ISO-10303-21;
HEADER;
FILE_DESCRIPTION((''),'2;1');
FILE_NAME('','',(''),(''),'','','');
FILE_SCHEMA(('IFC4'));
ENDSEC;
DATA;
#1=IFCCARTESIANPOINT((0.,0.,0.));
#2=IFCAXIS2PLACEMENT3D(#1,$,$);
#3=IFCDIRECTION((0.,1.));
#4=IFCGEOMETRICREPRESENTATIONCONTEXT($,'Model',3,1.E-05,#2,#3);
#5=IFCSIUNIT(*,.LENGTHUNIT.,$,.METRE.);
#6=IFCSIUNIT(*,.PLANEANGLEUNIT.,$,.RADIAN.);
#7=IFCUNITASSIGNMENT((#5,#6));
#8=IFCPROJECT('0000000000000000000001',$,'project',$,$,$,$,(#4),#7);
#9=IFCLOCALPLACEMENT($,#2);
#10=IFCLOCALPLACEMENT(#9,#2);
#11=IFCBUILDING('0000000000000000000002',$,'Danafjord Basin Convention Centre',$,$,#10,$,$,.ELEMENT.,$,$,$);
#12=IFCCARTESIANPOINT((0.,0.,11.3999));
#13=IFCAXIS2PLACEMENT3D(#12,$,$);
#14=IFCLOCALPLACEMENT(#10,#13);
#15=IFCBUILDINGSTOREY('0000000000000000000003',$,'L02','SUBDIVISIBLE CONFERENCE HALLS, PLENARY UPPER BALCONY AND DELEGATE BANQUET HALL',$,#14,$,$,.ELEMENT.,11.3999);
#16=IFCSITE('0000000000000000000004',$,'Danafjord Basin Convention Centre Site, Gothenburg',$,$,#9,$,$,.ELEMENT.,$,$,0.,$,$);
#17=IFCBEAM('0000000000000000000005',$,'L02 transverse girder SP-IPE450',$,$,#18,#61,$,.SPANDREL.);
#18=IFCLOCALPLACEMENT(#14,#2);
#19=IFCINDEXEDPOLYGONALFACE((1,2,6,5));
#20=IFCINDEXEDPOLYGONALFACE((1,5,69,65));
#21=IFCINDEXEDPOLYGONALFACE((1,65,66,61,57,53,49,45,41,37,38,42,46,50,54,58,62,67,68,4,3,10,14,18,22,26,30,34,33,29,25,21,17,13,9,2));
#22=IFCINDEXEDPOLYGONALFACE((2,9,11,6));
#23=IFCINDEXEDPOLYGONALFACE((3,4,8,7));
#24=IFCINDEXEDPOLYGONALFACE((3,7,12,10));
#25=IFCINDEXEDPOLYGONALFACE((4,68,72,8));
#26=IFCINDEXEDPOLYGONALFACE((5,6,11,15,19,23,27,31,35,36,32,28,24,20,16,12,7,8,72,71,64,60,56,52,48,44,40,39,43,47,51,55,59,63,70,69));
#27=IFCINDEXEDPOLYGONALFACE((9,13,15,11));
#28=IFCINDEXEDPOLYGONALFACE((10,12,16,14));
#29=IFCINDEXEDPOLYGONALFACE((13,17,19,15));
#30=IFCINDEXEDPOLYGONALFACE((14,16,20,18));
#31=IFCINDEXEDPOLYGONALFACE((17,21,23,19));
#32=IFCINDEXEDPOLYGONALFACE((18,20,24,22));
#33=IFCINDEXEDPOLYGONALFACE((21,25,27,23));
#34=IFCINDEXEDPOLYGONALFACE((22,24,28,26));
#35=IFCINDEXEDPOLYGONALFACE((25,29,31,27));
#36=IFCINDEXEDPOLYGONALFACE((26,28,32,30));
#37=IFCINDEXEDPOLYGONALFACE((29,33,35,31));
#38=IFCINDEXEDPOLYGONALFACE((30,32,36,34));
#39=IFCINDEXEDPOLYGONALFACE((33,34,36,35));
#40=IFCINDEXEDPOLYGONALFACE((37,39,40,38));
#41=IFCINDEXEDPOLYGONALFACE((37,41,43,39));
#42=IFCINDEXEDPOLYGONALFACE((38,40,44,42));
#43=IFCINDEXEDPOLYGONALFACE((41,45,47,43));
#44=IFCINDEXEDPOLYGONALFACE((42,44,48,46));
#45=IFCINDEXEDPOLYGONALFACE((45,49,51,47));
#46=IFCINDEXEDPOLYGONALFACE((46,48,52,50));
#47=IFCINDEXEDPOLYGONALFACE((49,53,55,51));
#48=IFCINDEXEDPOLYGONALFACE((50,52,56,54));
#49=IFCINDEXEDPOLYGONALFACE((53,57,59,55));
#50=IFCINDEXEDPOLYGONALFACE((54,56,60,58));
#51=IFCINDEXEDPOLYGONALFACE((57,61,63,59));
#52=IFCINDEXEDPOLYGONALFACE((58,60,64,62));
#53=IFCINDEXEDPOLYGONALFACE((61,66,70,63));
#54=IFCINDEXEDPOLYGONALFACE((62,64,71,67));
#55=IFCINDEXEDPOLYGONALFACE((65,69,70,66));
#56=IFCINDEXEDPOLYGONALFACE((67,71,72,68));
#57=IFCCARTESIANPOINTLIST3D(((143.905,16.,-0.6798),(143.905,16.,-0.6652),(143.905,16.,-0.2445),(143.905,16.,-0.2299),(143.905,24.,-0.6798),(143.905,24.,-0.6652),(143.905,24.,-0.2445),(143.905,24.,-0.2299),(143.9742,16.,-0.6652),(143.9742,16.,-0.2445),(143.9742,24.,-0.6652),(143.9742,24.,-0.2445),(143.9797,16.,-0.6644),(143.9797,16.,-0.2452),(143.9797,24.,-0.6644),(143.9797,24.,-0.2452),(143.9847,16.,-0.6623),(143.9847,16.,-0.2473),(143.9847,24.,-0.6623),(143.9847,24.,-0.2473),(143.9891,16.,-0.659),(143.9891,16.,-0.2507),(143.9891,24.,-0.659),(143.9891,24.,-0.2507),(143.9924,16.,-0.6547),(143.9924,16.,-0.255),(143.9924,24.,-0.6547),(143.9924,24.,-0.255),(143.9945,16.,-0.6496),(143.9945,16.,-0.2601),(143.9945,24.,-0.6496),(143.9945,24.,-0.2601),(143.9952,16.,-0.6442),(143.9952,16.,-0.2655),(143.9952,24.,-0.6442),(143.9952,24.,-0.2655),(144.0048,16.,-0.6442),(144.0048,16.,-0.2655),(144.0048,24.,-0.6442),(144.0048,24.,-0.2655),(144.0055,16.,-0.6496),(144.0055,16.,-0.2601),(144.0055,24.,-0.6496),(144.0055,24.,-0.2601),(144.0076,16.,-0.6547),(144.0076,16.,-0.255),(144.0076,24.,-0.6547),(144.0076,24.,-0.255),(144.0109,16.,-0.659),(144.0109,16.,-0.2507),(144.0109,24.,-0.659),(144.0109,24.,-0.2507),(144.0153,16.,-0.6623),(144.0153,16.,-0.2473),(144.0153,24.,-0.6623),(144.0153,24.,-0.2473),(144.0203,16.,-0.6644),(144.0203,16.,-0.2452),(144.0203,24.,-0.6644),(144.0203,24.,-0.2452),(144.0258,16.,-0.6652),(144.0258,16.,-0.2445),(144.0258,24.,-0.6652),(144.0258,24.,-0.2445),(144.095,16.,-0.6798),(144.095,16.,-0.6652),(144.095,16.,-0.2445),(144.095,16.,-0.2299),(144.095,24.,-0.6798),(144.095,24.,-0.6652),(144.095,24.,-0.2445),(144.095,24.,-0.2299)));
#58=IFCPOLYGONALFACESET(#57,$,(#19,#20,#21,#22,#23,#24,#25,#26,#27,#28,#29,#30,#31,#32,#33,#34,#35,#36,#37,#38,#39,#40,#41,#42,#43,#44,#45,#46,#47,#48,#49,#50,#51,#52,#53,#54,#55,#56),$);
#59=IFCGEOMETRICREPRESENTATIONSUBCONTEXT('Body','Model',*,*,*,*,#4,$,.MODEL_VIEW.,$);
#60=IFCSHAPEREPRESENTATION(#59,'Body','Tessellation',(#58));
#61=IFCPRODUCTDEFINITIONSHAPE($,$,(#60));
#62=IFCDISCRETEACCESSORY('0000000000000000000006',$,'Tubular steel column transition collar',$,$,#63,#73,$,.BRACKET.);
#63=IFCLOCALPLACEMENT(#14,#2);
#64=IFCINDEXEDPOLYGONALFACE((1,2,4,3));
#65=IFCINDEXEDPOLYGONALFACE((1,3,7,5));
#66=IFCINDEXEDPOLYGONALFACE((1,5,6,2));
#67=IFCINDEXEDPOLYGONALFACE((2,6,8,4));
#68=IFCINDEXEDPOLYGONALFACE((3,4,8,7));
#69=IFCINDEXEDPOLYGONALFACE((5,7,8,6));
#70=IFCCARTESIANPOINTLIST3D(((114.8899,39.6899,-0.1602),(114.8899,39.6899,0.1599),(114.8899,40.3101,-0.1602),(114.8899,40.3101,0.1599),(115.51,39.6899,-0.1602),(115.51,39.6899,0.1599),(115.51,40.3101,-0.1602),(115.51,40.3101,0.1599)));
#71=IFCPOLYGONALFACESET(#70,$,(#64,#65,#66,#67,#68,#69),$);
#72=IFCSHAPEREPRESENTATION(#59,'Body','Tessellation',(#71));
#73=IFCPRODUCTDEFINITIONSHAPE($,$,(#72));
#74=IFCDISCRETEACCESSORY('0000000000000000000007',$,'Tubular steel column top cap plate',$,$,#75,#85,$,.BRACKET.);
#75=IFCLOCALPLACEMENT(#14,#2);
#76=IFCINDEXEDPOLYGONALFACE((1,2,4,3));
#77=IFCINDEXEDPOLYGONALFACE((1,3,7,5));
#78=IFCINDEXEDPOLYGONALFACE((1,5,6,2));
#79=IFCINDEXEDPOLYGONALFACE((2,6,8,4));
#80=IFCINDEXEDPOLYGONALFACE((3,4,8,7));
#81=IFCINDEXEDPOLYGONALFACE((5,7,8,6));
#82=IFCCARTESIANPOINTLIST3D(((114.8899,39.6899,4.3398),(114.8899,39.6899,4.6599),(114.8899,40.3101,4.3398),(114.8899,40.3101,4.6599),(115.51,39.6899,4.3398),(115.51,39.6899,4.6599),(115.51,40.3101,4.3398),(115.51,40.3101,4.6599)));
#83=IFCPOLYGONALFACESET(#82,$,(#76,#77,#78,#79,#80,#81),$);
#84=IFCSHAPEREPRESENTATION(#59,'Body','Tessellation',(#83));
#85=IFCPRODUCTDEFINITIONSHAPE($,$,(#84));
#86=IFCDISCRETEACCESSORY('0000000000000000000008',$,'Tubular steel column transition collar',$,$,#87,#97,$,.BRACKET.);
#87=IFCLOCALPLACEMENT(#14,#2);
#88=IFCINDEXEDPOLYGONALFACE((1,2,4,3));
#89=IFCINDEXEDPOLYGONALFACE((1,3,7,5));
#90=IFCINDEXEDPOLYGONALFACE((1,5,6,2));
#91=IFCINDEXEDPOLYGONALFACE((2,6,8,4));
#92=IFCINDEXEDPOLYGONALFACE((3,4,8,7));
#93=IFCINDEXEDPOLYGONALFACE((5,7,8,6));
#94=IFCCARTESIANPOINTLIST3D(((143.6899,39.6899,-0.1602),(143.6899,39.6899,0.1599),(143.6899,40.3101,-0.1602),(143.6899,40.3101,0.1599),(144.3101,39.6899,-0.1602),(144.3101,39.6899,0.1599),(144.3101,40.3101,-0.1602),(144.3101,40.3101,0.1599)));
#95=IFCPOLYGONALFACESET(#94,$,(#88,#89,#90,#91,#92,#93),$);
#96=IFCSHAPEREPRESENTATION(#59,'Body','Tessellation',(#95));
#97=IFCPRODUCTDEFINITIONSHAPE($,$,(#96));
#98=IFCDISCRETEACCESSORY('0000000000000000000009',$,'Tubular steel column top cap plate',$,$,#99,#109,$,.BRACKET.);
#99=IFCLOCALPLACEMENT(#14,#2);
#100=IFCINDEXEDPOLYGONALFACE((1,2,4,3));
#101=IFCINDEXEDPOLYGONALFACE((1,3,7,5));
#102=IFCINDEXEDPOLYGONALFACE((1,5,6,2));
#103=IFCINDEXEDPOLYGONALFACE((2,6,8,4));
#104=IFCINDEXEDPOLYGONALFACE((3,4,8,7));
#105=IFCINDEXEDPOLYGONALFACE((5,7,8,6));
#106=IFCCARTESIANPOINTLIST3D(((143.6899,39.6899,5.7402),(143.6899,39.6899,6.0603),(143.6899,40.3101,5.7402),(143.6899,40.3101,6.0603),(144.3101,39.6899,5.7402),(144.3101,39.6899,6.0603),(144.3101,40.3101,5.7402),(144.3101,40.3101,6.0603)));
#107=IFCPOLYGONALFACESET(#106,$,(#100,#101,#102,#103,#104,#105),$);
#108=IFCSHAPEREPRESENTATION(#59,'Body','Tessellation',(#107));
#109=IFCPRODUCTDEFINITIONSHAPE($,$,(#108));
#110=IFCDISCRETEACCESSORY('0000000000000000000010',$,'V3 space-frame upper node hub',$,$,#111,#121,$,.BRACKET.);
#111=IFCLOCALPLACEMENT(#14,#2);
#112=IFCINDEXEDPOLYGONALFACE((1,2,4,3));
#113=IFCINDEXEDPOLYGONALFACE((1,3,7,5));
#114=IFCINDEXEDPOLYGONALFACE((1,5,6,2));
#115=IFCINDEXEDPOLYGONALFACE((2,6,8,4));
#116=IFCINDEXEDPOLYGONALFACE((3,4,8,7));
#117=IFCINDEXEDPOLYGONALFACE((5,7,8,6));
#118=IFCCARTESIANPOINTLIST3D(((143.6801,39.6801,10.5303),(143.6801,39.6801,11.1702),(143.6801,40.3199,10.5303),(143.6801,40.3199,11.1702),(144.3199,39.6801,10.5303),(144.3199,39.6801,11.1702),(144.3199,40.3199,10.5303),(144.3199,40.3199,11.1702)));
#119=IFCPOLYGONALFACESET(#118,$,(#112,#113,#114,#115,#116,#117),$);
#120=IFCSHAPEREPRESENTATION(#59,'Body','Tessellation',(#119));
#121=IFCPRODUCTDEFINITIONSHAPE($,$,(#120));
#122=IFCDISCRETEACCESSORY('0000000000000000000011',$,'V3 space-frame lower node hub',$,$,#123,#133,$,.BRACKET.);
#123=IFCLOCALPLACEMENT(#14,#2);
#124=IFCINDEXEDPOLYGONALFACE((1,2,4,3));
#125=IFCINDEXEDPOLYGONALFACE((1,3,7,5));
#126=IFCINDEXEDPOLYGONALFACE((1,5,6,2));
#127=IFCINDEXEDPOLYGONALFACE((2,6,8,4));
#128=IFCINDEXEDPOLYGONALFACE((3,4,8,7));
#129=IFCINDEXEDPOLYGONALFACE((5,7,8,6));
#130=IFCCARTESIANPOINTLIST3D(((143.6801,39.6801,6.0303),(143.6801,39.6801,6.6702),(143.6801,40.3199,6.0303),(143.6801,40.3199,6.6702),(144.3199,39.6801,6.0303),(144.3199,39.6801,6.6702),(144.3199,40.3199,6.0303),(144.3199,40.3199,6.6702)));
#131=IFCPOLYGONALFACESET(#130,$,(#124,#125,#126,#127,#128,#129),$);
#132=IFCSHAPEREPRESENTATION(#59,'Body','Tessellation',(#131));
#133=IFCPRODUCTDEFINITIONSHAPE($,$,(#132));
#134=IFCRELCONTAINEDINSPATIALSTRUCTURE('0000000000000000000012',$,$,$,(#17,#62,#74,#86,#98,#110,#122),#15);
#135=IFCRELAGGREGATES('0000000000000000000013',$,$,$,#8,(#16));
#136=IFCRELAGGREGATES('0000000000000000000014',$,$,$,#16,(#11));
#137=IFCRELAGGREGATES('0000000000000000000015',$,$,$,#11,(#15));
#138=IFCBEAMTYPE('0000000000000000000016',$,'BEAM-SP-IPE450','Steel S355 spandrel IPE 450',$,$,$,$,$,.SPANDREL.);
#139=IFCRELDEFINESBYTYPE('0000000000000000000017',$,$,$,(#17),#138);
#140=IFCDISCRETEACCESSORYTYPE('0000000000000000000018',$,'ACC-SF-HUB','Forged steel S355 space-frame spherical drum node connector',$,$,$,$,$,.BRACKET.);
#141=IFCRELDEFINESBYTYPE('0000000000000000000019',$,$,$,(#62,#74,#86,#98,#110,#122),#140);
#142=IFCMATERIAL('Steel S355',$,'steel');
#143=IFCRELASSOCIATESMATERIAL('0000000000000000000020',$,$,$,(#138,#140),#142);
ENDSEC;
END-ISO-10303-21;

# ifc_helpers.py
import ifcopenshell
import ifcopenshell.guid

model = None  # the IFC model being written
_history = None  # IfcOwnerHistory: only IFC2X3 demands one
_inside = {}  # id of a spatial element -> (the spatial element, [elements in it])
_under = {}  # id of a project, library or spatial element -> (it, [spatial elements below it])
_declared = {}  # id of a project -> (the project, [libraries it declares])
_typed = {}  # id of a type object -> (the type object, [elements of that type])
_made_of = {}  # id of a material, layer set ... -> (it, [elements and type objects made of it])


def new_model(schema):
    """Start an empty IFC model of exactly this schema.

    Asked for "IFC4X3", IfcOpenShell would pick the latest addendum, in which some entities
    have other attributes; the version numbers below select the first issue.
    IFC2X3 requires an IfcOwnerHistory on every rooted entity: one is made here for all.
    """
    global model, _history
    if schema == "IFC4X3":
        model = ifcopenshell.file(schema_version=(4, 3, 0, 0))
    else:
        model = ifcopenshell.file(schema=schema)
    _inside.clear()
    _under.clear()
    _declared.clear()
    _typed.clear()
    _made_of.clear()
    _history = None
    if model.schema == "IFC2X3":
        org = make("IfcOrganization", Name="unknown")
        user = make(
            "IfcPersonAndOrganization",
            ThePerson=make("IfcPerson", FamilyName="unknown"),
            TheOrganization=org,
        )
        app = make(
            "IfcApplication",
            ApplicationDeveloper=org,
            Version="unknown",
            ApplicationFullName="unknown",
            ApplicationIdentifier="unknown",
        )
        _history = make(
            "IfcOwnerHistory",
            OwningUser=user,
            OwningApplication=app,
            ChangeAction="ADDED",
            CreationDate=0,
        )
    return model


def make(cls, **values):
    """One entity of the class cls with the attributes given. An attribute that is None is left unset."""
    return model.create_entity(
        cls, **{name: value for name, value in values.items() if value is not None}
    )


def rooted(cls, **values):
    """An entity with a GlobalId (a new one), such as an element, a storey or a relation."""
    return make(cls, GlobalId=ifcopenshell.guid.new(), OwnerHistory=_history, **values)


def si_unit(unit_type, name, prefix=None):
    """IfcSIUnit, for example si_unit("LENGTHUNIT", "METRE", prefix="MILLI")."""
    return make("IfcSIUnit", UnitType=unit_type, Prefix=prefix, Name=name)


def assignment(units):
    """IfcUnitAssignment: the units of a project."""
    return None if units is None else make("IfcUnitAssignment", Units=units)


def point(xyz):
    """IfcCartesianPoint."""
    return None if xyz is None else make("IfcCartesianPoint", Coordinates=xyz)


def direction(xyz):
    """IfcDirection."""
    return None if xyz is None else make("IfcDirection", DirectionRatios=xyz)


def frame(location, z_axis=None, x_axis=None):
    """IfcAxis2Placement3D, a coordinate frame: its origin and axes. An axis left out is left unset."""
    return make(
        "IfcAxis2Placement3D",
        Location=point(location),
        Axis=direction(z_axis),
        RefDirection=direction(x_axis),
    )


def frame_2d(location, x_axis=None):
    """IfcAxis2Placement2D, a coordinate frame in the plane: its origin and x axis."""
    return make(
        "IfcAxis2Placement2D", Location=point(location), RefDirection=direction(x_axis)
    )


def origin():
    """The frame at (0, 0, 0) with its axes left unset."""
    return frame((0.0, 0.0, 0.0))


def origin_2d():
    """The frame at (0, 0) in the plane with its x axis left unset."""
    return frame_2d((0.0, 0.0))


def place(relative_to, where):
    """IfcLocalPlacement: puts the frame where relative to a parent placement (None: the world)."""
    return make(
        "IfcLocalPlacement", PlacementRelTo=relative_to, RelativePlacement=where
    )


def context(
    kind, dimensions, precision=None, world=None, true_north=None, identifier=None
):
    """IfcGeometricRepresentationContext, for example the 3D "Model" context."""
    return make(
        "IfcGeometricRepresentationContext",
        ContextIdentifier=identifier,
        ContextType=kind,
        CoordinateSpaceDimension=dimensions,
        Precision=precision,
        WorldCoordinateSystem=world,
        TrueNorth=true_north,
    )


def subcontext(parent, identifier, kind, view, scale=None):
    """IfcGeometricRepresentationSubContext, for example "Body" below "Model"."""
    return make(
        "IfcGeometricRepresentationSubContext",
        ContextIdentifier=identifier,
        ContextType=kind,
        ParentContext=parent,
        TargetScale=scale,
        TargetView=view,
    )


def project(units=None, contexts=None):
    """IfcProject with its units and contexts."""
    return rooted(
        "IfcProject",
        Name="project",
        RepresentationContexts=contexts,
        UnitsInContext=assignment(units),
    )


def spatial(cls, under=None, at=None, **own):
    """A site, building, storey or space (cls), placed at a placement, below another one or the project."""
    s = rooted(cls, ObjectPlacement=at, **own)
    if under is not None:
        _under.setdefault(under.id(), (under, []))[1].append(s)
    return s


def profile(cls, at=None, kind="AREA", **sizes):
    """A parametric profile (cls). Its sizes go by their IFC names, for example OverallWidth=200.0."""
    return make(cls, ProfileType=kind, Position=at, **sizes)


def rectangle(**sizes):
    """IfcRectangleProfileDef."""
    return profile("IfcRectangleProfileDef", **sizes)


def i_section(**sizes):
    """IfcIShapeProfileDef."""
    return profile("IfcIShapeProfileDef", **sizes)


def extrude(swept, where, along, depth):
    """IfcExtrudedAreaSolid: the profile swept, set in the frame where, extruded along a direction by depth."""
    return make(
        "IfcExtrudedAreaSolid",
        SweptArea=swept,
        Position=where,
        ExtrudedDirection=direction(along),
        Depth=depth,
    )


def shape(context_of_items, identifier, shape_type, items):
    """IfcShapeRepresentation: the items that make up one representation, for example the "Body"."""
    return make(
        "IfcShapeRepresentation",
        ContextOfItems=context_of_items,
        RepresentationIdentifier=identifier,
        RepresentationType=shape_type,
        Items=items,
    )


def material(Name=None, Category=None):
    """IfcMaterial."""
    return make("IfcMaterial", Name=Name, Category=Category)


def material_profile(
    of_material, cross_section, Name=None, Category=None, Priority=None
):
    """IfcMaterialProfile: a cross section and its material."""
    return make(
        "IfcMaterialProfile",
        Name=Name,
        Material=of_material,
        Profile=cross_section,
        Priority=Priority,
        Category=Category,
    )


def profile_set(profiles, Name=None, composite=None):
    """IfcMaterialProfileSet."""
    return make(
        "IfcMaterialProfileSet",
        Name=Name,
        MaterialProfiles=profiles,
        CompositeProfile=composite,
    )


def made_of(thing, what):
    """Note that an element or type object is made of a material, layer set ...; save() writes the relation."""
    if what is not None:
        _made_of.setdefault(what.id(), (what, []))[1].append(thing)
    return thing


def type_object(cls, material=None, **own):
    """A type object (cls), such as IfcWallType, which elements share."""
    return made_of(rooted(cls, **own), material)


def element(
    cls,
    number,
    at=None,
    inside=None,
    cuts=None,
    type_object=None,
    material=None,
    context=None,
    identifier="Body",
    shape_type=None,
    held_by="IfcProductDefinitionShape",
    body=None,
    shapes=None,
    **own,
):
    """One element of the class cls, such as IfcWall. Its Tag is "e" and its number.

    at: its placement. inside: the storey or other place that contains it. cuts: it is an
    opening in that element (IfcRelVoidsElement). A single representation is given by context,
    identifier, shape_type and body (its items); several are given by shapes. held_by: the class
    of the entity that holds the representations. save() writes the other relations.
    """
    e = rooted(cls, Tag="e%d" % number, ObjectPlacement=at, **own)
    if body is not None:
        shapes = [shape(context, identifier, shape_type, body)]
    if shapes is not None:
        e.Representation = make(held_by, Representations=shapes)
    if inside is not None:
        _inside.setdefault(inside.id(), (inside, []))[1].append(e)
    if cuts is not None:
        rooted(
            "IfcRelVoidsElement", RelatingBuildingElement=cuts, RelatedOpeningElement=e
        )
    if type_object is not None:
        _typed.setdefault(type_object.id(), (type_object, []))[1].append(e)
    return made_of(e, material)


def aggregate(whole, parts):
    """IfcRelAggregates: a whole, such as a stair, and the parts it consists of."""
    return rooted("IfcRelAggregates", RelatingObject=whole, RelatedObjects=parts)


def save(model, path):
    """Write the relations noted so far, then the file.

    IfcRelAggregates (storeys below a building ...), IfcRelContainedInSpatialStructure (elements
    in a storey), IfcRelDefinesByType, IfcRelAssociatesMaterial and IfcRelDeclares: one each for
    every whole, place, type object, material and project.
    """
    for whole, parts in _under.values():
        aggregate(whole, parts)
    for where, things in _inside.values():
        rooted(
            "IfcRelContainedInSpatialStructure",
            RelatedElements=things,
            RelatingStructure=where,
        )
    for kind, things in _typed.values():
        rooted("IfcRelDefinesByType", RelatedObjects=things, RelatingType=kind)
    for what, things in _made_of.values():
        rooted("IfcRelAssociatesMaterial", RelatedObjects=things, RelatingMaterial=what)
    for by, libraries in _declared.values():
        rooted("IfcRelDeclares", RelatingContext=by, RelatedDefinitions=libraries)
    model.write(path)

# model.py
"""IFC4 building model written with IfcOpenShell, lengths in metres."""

from ifc_helpers import new_model, si_unit, direction, frame, origin, origin_2d, place, context, subcontext, project, spatial, rectangle, i_section, extrude, material, material_profile, profile_set, type_object, element, save


model = new_model("IFC4")

# Units and contexts
model_context = context("Model", 3, precision=1e-05, world=origin(), true_north=direction((0.0, 1.0)))
body_context = subcontext(model_context, "Body", "Model", "MODEL_VIEW")
ifc_project = project(units=[si_unit("LENGTHUNIT", "METRE"), si_unit("PLANEANGLEUNIT", "RADIAN")], contexts=[model_context])

# Site, building, storey
site_placement = place(None, origin())
site = spatial("IfcSite", under=ifc_project, at=site_placement, Name="Danafjord Basin Convention Centre Site, Gothenburg", CompositionType="ELEMENT", RefElevation=0.0)
building_placement = place(site_placement, origin())
building = spatial("IfcBuilding", under=site, at=building_placement, Name="Danafjord Basin Convention Centre", CompositionType="ELEMENT")
storey_placement = place(building_placement, frame((0.0, 0.0, 11.3999)))
storey = spatial("IfcBuildingStorey", under=building, at=storey_placement, Name="L02", Description="SUBDIVISIBLE CONFERENCE HALLS, PLENARY UPPER BALCONY AND DELEGATE BANQUET HALL", CompositionType="ELEMENT", Elevation=11.3999)

# Shared definitions
ifc_material = material(Name="Steel S355", Category="steel")

# Beam
ifc_material_profile_1 = material_profile(ifc_material, i_section(OverallWidth=0.1899, OverallDepth=0.45, WebThickness=0.0095, FlangeThickness=0.0146, FilletRadius=0.021, at=origin_2d()), Name="IPE 450")
ifc_profile_set_1 = profile_set([ifc_material_profile_1], Name="Steel S355")
beam_type_1 = type_object("IfcBeamType", Name="BEAM-SP-IPE450", Description="Steel S355 spandrel IPE 450", PredefinedType="SPANDREL", material=ifc_profile_set_1)
for number, where, z_axis, x_axis, name in (
    (1, (144.0, 16.0, -0.4548), (0.0, 1.0, 0.0), (-1.0, 0.0, 0.0), "L02 transverse girder SP-IPE450"),
):
    element("IfcBeam", number, at=place(storey_placement, frame(where, z_axis=z_axis, x_axis=x_axis)), inside=storey, type_object=beam_type_1, Name=name, PredefinedType="SPANDREL", context=body_context, shape_type="SweptSolid", body=[
        extrude(i_section(OverallWidth=0.1899, OverallDepth=0.45, WebThickness=0.0095, FlangeThickness=0.0146, FilletRadius=0.021, at=origin_2d()), origin(), (0.0, 0.0, 1.0), 8.0),
    ])

# Discrete accessories
discrete_accessory_type = type_object("IfcDiscreteAccessoryType", Name="ACC-SF-HUB", Description="Forged steel S355 space-frame spherical drum node connector", PredefinedType="BRACKET", material=ifc_material)
for number, where, z_axis, x_axis, name in (
    (2, (115.2, 40.0, -0.1602), (0.0, 0.0, 1.0), (1.0, 0.0, 0.0), "Tubular steel column transition collar"),
    (3, (115.2, 40.0, 4.3398), (0.0, 0.0, 1.0), (1.0, 0.0, 0.0), "Tubular steel column top cap plate"),
    (4, (144.0, 40.0, -0.1602), (0.0, 0.0, 1.0), (1.0, 0.0, 0.0), "Tubular steel column transition collar"),
    (5, (144.0, 40.0, 5.7402), (0.0, 0.0, 1.0), (1.0, 0.0, 0.0), "Tubular steel column top cap plate"),
):
    element("IfcDiscreteAccessory", number, at=place(storey_placement, frame(where, z_axis=z_axis, x_axis=x_axis)), inside=storey, type_object=discrete_accessory_type, Name=name, PredefinedType="BRACKET", context=body_context, shape_type="SweptSolid", body=[
        extrude(rectangle(XDim=0.6201, YDim=0.6201, at=origin_2d()), origin(), (0.0, 0.0, 1.0), 0.3201),
    ])
for number, where, z_axis, x_axis, name in (
    (6, (144.0, 40.0, 10.5303), (0.0, 0.0, 1.0), (1.0, 0.0, 0.0), "V3 space-frame upper node hub"),
    (7, (144.0, 40.0, 6.0303), (0.0, 0.0, 1.0), (1.0, 0.0, 0.0), "V3 space-frame lower node hub"),
):
    element("IfcDiscreteAccessory", number, at=place(storey_placement, frame(where, z_axis=z_axis, x_axis=x_axis)), inside=storey, type_object=discrete_accessory_type, Name=name, PredefinedType="BRACKET", context=body_context, shape_type="SweptSolid", body=[
        extrude(rectangle(XDim=0.6399, YDim=0.6399, at=origin_2d()), origin(), (0.0, 0.0, 1.0), 0.6399),
    ])

save(model, "model.ifc")
